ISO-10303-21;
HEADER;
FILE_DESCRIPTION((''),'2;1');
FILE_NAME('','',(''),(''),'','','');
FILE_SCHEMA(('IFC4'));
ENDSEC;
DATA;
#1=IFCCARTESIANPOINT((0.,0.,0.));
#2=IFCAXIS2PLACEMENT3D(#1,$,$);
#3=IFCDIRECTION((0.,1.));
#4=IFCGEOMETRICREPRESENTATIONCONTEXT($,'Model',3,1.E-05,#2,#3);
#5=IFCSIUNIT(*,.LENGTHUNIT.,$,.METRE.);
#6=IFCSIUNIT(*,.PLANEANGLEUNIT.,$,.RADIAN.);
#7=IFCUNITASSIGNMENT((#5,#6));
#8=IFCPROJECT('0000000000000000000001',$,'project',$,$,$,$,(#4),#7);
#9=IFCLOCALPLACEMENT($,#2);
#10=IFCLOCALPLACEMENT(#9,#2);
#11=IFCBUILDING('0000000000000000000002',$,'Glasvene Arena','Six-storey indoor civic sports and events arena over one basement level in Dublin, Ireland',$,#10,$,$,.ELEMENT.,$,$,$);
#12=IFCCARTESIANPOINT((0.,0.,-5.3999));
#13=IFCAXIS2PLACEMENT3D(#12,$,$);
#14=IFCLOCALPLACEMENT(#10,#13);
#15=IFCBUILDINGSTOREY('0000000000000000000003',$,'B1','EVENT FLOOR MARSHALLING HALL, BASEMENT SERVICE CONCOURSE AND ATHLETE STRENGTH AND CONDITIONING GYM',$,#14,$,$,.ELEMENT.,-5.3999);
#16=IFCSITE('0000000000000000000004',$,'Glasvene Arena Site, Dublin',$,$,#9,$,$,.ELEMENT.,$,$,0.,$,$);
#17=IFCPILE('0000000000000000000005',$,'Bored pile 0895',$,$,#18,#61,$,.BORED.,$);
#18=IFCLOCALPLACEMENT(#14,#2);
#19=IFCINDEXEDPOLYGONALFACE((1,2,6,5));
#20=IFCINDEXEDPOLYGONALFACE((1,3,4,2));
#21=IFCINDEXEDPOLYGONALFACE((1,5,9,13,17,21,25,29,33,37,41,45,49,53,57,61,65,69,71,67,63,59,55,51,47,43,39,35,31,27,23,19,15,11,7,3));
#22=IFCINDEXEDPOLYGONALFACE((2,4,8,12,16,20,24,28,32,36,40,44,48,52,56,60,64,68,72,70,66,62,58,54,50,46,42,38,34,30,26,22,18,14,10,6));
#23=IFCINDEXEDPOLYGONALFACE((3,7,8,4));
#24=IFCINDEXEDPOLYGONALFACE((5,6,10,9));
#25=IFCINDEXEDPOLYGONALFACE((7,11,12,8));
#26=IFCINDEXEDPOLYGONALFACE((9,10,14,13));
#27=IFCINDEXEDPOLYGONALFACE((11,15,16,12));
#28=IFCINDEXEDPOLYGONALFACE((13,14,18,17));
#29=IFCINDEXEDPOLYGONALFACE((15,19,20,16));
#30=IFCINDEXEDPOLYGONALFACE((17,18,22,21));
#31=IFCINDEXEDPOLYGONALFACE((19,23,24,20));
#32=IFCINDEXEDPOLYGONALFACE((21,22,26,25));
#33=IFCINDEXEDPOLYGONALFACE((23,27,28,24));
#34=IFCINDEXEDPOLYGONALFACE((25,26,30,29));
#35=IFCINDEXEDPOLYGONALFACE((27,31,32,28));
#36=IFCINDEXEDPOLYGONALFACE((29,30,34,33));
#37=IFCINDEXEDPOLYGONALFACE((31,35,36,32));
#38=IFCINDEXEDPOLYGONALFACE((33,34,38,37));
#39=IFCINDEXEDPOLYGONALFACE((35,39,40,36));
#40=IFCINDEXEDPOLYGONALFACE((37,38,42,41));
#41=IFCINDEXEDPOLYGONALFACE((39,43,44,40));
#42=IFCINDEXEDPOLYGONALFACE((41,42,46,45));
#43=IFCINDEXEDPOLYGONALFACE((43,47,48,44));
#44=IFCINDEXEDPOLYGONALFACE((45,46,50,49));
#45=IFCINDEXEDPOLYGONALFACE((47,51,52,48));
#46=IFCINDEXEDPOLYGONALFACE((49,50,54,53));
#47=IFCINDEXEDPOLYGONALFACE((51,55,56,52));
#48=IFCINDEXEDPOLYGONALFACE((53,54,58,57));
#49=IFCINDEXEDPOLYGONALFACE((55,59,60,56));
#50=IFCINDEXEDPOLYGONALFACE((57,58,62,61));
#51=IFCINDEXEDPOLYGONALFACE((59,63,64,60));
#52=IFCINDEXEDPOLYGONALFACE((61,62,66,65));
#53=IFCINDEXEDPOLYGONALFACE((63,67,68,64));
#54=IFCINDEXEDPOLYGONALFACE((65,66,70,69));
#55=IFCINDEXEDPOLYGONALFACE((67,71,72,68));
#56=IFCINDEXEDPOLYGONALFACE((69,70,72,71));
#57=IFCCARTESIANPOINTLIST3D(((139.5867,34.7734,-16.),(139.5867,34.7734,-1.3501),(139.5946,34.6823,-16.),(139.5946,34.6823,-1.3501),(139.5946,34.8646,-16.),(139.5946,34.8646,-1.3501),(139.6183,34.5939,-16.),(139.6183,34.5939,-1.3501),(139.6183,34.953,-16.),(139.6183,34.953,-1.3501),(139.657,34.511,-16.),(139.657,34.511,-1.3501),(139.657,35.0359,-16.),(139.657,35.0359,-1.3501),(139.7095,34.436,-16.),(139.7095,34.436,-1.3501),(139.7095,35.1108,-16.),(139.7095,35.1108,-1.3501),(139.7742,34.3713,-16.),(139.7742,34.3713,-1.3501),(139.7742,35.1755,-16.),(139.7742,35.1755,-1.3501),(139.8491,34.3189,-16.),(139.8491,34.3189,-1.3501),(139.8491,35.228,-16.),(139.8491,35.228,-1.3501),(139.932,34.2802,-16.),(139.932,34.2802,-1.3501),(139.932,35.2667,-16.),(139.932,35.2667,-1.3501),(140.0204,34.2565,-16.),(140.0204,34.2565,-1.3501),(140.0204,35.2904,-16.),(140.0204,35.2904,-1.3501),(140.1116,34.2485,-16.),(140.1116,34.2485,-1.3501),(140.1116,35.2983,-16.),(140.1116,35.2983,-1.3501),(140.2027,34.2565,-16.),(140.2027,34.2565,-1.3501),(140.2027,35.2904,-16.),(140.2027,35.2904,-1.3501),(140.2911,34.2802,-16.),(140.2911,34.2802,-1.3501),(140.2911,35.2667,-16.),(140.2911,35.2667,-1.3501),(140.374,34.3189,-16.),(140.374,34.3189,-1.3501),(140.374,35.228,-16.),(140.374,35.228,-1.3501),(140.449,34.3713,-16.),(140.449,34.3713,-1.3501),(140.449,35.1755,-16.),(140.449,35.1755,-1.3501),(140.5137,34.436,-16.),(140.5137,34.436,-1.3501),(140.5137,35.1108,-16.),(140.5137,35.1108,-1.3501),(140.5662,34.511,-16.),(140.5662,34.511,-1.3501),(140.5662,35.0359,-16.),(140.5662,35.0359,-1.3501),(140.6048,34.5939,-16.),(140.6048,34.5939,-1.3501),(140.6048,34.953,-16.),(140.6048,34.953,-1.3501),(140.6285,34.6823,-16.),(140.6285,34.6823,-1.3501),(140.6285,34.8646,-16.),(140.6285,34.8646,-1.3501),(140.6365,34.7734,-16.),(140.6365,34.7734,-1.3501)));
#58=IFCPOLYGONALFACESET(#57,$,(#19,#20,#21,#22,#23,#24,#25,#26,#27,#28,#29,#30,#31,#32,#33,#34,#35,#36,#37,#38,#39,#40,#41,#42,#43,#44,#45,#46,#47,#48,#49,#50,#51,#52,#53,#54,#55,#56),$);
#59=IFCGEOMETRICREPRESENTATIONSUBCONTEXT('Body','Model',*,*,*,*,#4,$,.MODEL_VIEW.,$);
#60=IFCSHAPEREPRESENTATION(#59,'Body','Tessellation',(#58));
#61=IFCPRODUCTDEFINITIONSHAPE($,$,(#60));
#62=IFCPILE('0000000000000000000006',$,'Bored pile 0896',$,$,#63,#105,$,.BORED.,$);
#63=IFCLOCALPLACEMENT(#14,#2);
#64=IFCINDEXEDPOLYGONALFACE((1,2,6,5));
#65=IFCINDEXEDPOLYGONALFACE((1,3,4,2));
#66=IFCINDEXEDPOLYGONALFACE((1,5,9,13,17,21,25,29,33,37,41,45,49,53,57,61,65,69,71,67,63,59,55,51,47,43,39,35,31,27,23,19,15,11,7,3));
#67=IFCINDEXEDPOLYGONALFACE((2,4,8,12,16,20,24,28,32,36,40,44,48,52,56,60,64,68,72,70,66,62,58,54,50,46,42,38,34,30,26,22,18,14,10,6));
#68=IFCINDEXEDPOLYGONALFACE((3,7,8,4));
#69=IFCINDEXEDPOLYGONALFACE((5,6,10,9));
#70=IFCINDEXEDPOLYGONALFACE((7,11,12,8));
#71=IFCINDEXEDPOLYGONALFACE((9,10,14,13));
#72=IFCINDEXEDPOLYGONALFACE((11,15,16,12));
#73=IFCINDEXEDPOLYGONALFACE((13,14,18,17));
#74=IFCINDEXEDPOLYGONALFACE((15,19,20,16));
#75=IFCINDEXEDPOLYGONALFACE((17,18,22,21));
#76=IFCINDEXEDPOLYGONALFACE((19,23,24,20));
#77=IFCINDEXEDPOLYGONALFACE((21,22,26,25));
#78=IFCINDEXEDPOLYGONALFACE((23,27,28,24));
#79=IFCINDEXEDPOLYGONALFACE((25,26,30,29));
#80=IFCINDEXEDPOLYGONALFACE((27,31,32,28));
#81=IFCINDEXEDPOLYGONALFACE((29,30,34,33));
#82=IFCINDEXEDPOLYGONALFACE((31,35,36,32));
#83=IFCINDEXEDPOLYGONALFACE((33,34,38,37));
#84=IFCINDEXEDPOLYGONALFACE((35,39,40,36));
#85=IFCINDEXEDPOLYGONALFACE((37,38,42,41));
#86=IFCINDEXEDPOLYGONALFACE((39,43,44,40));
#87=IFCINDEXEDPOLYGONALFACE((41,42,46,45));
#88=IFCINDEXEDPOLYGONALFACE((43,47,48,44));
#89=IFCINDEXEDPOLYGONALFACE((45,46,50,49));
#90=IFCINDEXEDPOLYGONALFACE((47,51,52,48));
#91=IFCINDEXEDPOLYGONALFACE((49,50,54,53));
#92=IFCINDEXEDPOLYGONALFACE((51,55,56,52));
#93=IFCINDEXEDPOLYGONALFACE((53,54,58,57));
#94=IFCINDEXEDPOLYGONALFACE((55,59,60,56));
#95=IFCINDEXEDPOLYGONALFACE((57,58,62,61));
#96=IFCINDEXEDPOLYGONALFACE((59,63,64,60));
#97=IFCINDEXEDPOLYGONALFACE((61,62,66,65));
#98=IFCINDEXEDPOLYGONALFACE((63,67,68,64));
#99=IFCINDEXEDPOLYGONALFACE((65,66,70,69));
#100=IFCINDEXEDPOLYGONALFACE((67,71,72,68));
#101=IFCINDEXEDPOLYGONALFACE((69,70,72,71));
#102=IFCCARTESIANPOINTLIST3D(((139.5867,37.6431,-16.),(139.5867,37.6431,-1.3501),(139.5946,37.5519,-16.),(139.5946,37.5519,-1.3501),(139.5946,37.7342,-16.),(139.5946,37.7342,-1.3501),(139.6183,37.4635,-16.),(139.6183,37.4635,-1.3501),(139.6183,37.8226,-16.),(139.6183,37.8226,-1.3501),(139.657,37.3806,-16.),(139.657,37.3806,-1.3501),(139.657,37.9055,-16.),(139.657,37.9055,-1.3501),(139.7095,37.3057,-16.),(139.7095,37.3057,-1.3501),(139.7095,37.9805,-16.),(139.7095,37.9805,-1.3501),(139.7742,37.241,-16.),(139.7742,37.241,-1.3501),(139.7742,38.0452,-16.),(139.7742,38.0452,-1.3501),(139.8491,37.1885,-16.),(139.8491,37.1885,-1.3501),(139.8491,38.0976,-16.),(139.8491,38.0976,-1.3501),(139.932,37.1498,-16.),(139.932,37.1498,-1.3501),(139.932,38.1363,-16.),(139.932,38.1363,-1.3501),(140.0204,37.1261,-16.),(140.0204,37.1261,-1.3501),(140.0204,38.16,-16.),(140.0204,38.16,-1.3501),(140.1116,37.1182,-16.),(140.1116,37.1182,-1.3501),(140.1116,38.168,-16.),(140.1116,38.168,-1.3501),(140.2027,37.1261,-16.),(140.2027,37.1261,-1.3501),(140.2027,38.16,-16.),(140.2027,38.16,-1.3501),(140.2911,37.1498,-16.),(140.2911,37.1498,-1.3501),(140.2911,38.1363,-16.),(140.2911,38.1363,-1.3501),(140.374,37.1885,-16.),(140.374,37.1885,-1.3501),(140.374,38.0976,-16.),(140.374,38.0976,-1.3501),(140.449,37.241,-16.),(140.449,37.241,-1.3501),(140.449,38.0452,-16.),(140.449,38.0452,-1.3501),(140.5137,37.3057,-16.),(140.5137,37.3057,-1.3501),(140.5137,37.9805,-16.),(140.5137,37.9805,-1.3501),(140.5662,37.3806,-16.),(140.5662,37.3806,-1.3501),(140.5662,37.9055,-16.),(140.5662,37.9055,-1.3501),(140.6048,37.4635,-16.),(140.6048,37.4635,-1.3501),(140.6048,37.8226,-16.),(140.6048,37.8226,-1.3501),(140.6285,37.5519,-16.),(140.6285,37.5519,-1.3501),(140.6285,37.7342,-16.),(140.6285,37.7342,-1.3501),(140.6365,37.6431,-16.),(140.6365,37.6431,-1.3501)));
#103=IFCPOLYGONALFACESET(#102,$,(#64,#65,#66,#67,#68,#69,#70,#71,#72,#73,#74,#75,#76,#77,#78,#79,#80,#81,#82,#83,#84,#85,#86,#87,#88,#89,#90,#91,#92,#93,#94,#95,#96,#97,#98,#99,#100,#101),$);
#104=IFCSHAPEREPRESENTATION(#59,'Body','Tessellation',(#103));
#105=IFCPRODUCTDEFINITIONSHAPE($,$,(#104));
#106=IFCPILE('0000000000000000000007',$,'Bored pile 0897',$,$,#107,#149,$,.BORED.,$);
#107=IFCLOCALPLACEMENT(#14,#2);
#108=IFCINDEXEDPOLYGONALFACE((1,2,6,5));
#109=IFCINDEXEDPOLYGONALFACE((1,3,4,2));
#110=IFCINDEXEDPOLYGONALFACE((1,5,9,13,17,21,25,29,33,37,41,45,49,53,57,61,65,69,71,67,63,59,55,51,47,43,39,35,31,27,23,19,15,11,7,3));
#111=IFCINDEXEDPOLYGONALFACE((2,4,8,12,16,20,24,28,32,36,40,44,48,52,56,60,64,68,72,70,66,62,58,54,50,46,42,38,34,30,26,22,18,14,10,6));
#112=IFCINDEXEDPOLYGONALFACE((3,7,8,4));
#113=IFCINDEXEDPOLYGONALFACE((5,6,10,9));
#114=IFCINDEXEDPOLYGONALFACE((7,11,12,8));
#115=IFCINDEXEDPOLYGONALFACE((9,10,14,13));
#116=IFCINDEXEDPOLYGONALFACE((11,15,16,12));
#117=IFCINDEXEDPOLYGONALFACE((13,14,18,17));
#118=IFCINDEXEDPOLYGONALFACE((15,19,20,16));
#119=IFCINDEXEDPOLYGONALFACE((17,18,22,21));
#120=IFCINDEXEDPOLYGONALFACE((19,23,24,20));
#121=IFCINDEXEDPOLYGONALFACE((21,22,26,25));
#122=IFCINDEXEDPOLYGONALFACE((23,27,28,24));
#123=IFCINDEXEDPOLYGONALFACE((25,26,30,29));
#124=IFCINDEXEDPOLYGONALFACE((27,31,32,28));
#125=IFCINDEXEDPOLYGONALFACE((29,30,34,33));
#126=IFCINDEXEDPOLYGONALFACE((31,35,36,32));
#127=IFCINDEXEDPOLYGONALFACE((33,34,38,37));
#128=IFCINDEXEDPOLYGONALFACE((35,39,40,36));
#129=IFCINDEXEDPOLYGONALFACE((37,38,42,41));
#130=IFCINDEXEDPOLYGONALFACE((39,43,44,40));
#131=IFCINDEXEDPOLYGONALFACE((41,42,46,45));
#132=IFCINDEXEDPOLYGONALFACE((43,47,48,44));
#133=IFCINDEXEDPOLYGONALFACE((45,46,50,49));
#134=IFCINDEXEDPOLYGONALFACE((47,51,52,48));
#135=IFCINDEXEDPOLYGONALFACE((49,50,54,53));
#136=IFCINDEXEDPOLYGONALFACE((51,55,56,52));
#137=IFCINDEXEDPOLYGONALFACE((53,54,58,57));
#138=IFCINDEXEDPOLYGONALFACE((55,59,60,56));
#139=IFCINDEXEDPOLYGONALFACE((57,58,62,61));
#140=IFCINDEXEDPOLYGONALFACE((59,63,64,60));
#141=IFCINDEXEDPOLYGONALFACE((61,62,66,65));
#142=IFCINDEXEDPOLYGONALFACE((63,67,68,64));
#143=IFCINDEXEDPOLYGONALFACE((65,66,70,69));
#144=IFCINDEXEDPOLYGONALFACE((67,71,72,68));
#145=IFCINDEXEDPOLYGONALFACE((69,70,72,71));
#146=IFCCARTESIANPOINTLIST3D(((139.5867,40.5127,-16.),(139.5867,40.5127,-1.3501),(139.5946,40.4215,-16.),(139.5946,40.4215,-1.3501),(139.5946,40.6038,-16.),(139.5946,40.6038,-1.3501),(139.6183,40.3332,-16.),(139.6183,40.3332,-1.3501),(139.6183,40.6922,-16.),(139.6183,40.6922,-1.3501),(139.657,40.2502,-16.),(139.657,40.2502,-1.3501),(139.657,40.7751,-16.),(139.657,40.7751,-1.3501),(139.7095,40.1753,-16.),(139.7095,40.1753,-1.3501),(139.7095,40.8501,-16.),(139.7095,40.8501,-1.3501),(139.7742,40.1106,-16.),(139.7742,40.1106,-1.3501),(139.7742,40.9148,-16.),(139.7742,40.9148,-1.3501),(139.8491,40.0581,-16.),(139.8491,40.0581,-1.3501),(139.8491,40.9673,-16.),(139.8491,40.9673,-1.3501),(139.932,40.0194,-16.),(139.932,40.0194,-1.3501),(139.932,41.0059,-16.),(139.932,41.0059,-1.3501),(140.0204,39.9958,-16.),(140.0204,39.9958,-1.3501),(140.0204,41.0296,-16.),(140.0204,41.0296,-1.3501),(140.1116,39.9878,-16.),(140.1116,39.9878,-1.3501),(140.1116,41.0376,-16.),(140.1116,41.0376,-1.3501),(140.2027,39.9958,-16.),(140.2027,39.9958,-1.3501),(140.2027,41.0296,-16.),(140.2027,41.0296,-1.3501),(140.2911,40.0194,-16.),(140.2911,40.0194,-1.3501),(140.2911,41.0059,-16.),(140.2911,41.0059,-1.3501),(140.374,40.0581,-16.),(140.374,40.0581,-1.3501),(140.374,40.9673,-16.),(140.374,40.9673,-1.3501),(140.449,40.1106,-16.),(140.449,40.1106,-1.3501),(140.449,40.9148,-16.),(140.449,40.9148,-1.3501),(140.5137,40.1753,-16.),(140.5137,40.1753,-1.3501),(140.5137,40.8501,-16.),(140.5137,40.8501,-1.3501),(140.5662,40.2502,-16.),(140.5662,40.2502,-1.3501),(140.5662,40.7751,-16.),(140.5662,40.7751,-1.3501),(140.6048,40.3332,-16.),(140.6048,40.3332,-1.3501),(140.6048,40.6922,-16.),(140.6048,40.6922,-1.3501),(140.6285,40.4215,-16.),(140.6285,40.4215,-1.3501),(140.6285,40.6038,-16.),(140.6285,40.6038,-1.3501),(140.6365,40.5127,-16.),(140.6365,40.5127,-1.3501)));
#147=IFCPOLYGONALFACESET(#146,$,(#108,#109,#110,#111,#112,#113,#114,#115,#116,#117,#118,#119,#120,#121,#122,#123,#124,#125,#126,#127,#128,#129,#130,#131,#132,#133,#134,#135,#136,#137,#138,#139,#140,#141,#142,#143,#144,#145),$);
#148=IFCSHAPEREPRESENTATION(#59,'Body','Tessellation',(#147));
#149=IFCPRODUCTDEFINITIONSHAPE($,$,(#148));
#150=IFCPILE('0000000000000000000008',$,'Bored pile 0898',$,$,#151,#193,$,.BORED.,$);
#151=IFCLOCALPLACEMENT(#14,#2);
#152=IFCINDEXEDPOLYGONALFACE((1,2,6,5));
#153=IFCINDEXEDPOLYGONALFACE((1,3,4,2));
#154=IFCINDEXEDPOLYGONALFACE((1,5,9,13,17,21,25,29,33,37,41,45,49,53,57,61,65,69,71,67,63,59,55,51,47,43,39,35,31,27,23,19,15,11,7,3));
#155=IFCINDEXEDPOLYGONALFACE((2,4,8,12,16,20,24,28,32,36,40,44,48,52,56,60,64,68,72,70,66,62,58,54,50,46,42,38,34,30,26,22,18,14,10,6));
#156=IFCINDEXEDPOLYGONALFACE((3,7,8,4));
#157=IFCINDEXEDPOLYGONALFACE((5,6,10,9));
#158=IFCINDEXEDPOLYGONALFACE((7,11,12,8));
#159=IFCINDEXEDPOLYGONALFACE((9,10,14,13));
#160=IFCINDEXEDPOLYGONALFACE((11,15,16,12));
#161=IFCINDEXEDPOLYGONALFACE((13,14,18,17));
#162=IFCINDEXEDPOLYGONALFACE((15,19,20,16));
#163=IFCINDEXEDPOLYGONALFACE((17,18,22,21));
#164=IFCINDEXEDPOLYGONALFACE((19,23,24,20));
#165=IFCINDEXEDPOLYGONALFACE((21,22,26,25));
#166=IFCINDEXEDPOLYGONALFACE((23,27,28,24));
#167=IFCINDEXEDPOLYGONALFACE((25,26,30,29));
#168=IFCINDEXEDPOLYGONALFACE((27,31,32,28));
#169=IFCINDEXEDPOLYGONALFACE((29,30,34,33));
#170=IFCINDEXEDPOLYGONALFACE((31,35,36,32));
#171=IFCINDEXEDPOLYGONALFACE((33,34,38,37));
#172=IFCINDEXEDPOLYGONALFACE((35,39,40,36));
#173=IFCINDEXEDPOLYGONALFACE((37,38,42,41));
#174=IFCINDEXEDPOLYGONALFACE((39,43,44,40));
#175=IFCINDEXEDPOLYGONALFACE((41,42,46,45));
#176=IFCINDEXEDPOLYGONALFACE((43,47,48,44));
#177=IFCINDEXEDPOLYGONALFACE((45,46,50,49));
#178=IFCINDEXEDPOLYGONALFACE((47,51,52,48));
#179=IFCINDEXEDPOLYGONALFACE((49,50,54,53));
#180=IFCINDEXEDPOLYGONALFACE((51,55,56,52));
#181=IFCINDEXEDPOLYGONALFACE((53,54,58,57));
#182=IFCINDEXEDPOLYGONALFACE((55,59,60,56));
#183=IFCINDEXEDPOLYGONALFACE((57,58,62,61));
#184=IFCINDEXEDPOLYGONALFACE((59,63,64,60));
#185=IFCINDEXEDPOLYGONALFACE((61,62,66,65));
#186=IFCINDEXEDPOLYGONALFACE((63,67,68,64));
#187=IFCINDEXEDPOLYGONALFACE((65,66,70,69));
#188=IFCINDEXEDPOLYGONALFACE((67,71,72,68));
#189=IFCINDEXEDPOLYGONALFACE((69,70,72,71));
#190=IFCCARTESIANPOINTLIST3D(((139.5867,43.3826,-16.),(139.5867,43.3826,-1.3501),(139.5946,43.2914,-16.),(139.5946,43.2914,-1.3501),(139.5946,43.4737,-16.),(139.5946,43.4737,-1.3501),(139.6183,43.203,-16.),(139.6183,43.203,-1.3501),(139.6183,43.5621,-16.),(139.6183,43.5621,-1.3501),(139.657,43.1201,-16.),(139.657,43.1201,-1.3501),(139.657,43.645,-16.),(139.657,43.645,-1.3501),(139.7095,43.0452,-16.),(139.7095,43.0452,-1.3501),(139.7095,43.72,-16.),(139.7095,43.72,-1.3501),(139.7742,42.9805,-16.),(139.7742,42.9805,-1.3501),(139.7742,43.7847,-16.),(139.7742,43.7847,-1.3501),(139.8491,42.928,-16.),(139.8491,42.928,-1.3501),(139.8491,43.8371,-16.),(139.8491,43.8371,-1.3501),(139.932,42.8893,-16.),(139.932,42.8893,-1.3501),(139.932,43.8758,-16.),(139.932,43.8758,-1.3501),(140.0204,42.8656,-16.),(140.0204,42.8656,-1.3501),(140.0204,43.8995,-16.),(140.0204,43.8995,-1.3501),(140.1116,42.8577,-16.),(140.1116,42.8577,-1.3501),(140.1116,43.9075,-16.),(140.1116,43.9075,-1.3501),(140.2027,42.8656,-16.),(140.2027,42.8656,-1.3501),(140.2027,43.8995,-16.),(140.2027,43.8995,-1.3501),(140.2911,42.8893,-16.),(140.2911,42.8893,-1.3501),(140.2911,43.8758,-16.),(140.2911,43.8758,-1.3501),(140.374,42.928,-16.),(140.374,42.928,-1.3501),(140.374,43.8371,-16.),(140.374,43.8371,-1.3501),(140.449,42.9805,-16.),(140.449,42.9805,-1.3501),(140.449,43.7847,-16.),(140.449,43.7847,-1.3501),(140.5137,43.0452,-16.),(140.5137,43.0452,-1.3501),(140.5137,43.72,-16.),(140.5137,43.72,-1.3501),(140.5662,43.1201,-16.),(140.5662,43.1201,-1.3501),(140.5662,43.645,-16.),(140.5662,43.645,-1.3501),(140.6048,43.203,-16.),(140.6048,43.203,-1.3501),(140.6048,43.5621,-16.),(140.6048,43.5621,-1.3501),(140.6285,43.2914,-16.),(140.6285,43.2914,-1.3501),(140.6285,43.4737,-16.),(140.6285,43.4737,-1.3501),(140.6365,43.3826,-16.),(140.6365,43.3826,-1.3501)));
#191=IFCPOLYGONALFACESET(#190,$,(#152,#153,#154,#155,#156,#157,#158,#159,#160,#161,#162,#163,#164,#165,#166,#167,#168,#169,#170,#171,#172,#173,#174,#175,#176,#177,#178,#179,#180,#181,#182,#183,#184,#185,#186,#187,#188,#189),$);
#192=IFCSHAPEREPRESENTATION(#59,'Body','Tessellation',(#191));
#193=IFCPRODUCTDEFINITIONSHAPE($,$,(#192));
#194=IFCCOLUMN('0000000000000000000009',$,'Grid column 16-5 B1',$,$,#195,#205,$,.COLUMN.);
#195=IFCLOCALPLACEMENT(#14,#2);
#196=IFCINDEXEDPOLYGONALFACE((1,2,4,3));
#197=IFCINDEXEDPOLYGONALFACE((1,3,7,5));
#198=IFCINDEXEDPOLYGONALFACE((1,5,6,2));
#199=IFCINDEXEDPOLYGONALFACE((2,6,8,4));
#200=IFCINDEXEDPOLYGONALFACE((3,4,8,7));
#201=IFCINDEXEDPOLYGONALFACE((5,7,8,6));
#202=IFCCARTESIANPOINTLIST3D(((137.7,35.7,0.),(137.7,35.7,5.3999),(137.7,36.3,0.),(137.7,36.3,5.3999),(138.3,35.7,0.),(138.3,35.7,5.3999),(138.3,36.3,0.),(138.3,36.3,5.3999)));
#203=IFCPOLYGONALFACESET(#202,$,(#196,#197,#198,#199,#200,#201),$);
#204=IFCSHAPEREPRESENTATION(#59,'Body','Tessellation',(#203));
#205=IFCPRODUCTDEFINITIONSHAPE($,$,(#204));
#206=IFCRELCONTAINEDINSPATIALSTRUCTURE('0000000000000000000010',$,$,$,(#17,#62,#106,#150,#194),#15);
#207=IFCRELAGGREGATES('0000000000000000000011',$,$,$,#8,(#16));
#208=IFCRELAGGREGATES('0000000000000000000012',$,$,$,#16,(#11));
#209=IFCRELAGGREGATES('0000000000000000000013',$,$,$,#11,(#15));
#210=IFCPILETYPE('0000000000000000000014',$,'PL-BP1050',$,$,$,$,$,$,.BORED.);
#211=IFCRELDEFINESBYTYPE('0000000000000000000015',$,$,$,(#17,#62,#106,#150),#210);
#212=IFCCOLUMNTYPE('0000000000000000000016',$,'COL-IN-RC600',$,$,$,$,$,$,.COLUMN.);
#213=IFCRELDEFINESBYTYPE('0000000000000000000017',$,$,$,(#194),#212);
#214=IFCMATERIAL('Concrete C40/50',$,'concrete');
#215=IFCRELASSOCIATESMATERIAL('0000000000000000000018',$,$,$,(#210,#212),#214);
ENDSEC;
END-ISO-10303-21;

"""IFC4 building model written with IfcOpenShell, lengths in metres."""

from ifc_helpers import new_model, si_unit, direction, frame, origin, origin_2d, place, context, subcontext, project, spatial, rectangle, circle, extrude, material, material_profile, profile_set, type_object, element, save


model = new_model("IFC4")

# Units and contexts
model_context = context("Model", 3, precision=1e-05, world=origin(), true_north=direction((0.0, 1.0)))
body_context = subcontext(model_context, "Body", "Model", "MODEL_VIEW")
ifc_project = project(units=[si_unit("LENGTHUNIT", "METRE"), si_unit("PLANEANGLEUNIT", "RADIAN")], contexts=[model_context])

# Site, building, storey
site_placement = place(None, origin())
site = spatial("IfcSite", under=ifc_project, at=site_placement, Name="Glasvene Arena Site, Dublin", CompositionType="ELEMENT", RefElevation=0.0)
building_placement = place(site_placement, origin())
building = spatial("IfcBuilding", under=site, at=building_placement, Name="Glasvene Arena", Description="Six-storey indoor civic sports and events arena over one basement level in Dublin, Ireland", CompositionType="ELEMENT")
storey_placement = place(building_placement, frame((0.0, 0.0, -5.3999)))
storey = spatial("IfcBuildingStorey", under=building, at=storey_placement, Name="B1", Description="EVENT FLOOR MARSHALLING HALL, BASEMENT SERVICE CONCOURSE AND ATHLETE STRENGTH AND CONDITIONING GYM", CompositionType="ELEMENT", Elevation=-5.3999)

# Piles
ifc_material_1 = material(Name="Concrete C40/50", Category="concrete")
ifc_material_profile_1 = material_profile(ifc_material_1, circle(Radius=0.5249, at=origin_2d()), Name="BORED PILE 1050")
ifc_profile_set_1 = profile_set([ifc_material_profile_1], Name="Concrete C40/50")
pile_type = type_object("IfcPileType", Name="PL-BP1050", PredefinedType="BORED", material=ifc_profile_set_1)
for number, where, z_axis, x_axis, name in (
    (1, (140.1116, 34.7734, -1.3501), (0.0, 0.0, -1.0), (1.0, 0.0, 0.0), "Bored pile 0895"),
    (2, (140.1116, 37.6431, -1.3501), (0.0, 0.0, -1.0), (1.0, 0.0, 0.0), "Bored pile 0896"),
    (3, (140.1116, 40.5127, -1.3501), (0.0, 0.0, -1.0), (1.0, 0.0, 0.0), "Bored pile 0897"),
    (4, (140.1116, 43.3826, -1.3501), (0.0, 0.0, -1.0), (1.0, 0.0, 0.0), "Bored pile 0898"),
):
    element("IfcPile", number, at=place(storey_placement, frame(where, z_axis=z_axis, x_axis=x_axis)), inside=storey, type_object=pile_type, Name=name, PredefinedType="BORED", context=body_context, shape_type="SweptSolid", body=[
        extrude(circle(Radius=0.5249, at=origin_2d()), origin(), (0.0, 0.0, 1.0), 14.6499),
    ])

# Column
ifc_material_profile_2 = material_profile(ifc_material_1, rectangle(XDim=0.6001, YDim=0.6001, at=origin_2d()), Name="RC 600x600")
ifc_profile_set_2 = profile_set([ifc_material_profile_2], Name="Concrete C40/50")
column_type_1 = type_object("IfcColumnType", Name="COL-IN-RC600", PredefinedType="COLUMN", material=ifc_profile_set_2)
column_placement = place(storey_placement, frame((138.0, 36.0, 0.0), z_axis=(0.0, 0.0, 1.0), x_axis=(1.0, 0.0, 0.0)))
element("IfcColumn", 5, at=column_placement, inside=storey, type_object=column_type_1, Name="Grid column 16-5 B1", PredefinedType="COLUMN", context=body_context, shape_type="SweptSolid", body=[
    extrude(rectangle(XDim=0.6001, YDim=0.6001, at=origin_2d()), origin(), (0.0, 0.0, 1.0), 5.3999),
])

save(model, "model.ifc")
